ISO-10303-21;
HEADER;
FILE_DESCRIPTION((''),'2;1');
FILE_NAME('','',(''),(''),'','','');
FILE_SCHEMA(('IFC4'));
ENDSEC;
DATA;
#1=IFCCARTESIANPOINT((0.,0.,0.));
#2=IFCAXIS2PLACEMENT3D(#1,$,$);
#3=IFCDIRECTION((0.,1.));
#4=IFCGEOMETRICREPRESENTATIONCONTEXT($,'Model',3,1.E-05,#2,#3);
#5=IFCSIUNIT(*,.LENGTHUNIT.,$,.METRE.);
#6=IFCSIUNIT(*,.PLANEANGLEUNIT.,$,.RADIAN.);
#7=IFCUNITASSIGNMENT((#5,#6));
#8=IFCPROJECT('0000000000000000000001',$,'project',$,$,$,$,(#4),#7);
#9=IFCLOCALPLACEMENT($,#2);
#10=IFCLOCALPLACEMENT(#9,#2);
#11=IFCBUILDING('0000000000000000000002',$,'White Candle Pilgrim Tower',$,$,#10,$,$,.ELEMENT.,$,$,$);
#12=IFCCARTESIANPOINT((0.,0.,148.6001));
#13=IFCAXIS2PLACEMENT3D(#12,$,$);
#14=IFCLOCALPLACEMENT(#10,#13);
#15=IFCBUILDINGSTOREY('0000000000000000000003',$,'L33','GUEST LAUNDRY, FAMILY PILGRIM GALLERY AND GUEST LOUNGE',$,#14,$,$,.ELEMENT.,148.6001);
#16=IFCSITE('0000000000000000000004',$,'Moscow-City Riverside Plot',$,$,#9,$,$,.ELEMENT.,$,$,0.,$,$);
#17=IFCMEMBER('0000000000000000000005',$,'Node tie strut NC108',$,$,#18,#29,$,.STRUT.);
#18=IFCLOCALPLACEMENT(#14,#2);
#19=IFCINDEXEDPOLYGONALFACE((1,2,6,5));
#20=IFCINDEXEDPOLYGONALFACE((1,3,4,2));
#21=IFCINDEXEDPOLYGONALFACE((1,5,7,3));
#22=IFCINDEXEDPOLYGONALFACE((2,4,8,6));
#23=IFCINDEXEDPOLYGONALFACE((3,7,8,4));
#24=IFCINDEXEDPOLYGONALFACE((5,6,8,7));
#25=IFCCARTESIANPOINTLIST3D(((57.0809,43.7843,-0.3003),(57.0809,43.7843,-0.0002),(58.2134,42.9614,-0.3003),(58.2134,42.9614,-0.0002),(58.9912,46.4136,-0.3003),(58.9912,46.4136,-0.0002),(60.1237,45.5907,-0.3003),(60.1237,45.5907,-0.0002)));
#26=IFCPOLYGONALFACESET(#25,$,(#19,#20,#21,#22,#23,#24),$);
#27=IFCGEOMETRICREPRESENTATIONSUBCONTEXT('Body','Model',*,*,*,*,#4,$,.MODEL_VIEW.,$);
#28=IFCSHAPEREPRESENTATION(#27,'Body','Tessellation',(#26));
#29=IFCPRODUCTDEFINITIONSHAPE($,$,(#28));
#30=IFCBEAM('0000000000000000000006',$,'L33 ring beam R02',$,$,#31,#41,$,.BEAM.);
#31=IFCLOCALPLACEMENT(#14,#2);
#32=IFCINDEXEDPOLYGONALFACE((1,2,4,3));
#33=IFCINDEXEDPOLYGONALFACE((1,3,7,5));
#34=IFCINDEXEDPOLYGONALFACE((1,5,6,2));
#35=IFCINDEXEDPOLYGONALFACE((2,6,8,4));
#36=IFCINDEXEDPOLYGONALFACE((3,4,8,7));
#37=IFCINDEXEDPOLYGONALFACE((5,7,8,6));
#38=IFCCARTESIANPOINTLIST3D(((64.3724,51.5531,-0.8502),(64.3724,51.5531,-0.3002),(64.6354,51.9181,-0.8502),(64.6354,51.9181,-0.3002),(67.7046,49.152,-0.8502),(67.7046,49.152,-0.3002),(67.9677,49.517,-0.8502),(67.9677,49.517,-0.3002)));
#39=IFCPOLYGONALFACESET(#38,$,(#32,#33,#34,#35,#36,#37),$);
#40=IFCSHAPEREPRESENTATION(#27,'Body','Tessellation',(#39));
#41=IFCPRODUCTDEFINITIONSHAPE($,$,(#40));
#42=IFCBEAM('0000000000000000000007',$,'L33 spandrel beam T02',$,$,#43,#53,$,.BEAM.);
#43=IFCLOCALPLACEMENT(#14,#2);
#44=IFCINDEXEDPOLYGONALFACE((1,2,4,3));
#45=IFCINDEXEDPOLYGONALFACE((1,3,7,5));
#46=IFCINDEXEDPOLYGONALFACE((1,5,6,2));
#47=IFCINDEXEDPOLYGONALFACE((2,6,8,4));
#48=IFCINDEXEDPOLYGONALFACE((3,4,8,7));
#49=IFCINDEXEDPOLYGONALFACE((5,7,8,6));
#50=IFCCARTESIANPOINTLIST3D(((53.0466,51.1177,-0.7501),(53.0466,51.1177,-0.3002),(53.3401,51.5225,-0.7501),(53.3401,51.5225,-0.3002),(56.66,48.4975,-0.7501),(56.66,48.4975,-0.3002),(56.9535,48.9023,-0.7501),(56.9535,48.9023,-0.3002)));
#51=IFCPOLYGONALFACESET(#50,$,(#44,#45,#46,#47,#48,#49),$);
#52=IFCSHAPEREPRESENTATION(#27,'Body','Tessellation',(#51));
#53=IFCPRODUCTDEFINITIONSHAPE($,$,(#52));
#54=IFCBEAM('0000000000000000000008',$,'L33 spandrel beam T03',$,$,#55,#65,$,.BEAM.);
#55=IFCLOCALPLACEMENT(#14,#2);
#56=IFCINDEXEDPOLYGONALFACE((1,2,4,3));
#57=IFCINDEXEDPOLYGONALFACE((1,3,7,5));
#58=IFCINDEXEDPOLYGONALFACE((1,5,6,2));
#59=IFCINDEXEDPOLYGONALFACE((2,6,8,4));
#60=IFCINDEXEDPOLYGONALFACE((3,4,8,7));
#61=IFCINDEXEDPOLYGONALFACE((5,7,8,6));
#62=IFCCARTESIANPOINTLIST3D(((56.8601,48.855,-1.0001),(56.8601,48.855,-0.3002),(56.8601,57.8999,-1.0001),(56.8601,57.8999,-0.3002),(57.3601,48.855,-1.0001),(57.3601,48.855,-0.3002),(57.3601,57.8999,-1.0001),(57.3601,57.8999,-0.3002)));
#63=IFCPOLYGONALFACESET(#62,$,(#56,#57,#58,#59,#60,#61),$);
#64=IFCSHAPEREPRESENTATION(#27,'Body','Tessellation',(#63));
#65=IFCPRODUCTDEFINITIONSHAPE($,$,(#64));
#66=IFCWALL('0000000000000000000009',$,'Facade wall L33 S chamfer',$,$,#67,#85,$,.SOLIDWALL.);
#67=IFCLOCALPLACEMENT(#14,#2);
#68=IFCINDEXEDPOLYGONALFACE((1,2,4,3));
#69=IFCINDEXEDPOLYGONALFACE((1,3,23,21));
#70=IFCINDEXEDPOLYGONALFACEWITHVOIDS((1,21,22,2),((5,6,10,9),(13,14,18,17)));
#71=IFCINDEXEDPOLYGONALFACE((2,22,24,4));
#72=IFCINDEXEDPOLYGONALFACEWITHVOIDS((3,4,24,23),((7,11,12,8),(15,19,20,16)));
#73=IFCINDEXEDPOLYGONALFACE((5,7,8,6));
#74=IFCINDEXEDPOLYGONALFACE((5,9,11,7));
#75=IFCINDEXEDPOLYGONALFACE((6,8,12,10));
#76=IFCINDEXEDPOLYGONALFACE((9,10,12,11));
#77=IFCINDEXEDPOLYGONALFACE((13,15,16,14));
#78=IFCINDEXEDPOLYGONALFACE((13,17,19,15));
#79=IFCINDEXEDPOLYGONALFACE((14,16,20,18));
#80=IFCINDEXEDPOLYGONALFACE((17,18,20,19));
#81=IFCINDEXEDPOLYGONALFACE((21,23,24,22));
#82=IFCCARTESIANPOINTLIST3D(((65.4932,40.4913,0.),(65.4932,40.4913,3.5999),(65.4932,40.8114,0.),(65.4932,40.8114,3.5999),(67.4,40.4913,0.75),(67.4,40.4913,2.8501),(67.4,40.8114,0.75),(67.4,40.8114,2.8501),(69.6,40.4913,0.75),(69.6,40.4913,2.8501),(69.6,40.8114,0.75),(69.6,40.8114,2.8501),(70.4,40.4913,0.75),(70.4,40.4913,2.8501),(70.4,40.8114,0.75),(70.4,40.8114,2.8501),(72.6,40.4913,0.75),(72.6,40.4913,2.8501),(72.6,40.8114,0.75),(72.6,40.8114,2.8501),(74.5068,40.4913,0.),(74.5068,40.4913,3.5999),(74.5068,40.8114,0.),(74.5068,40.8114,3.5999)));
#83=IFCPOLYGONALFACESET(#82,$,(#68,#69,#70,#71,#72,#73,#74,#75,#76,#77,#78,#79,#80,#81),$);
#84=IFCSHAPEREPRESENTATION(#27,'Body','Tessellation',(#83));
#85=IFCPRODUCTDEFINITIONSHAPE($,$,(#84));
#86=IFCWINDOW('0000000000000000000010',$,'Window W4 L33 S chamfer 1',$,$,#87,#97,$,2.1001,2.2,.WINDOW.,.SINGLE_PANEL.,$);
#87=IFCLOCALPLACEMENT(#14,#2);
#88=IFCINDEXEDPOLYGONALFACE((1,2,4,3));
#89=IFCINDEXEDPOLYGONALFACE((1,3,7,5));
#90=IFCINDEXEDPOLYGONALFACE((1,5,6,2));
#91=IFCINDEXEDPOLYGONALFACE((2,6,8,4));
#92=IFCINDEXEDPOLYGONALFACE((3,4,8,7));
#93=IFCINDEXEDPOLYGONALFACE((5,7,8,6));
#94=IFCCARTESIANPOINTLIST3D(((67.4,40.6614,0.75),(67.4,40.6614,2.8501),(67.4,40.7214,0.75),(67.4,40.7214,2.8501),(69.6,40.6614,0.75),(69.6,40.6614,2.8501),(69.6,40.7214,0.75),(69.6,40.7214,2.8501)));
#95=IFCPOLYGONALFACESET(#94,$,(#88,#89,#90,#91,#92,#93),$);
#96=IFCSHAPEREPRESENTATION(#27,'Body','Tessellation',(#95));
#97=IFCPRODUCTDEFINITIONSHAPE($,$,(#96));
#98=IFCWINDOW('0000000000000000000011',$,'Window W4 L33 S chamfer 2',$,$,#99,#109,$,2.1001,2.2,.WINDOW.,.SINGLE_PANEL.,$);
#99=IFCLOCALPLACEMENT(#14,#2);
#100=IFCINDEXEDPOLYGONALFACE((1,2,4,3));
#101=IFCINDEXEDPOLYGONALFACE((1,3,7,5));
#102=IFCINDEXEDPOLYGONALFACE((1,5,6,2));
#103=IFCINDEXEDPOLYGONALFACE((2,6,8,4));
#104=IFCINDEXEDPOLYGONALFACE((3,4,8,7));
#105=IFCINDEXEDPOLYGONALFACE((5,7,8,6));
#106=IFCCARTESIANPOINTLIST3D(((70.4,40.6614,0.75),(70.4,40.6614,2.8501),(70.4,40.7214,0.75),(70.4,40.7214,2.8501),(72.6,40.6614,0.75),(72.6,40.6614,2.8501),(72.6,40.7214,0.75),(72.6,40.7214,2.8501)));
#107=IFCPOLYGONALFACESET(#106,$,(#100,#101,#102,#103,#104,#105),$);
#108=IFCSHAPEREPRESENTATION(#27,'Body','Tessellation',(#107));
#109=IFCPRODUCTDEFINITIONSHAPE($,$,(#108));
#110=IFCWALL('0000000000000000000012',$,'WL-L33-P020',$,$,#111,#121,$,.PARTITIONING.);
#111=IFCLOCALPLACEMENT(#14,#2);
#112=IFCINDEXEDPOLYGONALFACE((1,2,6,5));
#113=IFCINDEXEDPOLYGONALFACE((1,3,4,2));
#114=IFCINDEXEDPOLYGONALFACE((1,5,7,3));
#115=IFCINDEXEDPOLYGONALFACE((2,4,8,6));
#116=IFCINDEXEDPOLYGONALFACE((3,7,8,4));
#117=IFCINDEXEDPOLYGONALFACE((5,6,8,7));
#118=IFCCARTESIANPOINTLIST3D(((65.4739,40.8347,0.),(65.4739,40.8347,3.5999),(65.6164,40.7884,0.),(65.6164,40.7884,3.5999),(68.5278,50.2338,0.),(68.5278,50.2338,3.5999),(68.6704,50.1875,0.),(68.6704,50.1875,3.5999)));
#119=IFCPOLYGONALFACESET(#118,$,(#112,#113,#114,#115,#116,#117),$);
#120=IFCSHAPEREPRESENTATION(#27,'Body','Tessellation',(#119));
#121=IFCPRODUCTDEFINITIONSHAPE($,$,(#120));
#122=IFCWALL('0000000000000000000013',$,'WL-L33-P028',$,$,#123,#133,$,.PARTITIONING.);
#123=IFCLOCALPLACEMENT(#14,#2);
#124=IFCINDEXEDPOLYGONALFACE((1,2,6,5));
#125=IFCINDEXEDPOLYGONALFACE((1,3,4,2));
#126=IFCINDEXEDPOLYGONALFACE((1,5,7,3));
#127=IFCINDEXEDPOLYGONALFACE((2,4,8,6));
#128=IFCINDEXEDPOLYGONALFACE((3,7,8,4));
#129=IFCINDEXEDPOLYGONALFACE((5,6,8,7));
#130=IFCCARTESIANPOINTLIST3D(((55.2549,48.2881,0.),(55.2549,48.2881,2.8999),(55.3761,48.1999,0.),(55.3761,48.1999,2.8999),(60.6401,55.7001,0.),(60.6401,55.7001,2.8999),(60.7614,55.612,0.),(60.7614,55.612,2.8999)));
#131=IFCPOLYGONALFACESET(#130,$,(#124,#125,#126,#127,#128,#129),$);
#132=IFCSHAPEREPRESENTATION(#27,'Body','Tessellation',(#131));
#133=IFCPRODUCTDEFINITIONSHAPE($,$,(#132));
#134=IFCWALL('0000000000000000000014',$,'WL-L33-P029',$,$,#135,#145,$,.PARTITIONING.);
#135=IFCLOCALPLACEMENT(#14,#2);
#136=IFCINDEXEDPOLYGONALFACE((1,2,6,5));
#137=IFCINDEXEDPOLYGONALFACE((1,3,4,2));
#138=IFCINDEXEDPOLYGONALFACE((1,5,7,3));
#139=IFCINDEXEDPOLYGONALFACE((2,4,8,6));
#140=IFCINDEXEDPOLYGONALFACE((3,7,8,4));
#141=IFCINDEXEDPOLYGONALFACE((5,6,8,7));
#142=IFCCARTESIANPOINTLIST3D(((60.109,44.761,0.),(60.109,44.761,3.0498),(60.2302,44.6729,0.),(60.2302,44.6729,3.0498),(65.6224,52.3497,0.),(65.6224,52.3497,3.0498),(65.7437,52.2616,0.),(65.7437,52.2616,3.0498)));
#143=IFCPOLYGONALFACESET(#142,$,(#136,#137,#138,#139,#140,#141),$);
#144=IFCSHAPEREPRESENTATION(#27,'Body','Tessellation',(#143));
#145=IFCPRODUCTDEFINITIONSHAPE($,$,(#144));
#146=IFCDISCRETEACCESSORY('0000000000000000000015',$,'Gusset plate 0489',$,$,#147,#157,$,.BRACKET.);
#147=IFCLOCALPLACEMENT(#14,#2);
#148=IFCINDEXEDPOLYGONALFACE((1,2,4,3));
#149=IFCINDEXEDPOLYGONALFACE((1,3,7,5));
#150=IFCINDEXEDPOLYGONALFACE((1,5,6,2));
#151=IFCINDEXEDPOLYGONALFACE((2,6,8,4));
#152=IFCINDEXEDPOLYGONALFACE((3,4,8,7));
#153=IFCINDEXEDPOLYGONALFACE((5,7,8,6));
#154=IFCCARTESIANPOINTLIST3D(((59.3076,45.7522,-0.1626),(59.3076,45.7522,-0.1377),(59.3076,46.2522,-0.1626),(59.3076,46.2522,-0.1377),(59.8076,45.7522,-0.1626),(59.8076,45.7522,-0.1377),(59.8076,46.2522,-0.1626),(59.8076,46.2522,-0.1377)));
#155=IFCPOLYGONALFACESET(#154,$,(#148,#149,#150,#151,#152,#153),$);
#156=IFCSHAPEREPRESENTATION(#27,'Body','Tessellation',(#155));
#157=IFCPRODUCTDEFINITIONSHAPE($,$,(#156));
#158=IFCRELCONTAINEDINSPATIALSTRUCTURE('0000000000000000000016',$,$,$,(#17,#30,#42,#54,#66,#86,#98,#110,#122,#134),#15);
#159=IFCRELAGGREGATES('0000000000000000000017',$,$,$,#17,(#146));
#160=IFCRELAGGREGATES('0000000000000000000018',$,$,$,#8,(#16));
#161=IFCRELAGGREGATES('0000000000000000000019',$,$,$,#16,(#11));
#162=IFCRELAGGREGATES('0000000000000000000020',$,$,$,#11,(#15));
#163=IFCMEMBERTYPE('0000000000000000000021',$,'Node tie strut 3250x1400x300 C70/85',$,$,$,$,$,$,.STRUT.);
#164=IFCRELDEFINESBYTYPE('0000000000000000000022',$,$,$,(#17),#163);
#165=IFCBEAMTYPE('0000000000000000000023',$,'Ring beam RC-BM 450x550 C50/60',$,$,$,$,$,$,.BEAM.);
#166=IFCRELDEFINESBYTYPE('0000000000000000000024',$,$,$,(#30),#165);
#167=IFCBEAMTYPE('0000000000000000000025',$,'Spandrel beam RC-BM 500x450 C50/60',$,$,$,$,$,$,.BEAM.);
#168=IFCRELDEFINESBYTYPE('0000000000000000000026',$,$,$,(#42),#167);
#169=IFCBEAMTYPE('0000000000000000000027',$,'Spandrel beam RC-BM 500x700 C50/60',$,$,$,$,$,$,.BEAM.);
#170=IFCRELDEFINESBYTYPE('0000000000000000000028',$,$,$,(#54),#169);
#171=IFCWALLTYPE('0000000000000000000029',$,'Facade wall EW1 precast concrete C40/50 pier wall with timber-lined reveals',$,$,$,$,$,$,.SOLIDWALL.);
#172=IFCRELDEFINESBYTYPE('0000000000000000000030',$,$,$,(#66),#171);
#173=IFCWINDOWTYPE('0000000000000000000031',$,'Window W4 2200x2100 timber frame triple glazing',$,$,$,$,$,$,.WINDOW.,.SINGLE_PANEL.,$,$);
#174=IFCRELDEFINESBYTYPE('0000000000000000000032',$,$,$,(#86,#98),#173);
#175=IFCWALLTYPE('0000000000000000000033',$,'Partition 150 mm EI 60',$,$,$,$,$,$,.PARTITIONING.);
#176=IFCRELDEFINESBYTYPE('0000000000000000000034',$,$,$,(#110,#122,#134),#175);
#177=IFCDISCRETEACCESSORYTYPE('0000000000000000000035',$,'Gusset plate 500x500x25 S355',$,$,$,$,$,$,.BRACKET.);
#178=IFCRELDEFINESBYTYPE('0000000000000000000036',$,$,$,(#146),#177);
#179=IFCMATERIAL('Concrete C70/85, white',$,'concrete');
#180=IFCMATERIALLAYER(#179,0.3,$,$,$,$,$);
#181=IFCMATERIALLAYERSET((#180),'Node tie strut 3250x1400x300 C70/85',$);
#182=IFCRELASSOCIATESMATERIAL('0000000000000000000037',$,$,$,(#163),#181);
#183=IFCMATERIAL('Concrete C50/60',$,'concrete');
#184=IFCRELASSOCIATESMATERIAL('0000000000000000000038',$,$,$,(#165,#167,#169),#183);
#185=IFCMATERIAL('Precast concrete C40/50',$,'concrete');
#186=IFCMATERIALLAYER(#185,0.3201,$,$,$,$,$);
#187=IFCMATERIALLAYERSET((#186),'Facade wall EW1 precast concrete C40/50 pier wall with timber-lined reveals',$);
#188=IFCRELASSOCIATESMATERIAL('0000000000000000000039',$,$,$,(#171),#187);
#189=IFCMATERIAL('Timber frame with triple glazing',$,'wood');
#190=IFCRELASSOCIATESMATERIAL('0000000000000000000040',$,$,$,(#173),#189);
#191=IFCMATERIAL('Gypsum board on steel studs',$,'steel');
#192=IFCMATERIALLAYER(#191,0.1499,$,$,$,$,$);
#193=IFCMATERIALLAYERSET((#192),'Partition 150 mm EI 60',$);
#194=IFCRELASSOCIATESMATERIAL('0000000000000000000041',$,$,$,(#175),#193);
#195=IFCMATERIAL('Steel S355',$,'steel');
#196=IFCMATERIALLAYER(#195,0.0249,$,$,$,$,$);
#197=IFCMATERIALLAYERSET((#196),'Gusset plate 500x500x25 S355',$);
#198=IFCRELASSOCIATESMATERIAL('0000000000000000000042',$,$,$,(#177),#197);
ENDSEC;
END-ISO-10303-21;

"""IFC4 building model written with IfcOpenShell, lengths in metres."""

from ifc_helpers import new_model, si_unit, direction, frame, frame_2d, origin, origin_2d, place, context, subcontext, project, spatial, rectangle, extrude, material, layer, layer_set, material_profile, profile_set, type_object, element, fill, aggregate, save


model = new_model("IFC4")

# Units and contexts
model_context = context("Model", 3, precision=1e-05, world=origin(), true_north=direction((0.0, 1.0)))
body_context = subcontext(model_context, "Body", "Model", "MODEL_VIEW")
ifc_project = project(units=[si_unit("LENGTHUNIT", "METRE"), si_unit("PLANEANGLEUNIT", "RADIAN")], contexts=[model_context])

# Site, building, storey
site_placement = place(None, origin())
site = spatial("IfcSite", under=ifc_project, at=site_placement, Name="Moscow-City Riverside Plot", CompositionType="ELEMENT", RefElevation=0.0)
building_placement = place(site_placement, origin())
building = spatial("IfcBuilding", under=site, at=building_placement, Name="White Candle Pilgrim Tower", CompositionType="ELEMENT")
storey_placement = place(building_placement, frame((0.0, 0.0, 148.6001)))
storey = spatial("IfcBuildingStorey", under=building, at=storey_placement, Name="L33", Description="GUEST LAUNDRY, FAMILY PILGRIM GALLERY AND GUEST LOUNGE", CompositionType="ELEMENT", Elevation=148.6001)

# Member
ifc_material_1 = material(Name="Concrete C70/85, white", Category="concrete")
ifc_layer_1 = layer(ifc_material_1, 0.3)
ifc_layer_set_1 = layer_set([ifc_layer_1], Name="Node tie strut 3250x1400x300 C70/85")
member_type_1 = type_object("IfcMemberType", Name="Node tie strut 3250x1400x300 C70/85", PredefinedType="STRUT", material=ifc_layer_set_1)
member_1_placement = place(storey_placement, frame((58.6023, 44.6875, -0.3003), z_axis=(0.0, 0.0, 1.0), x_axis=(0.809017, -0.587785, 0.0)))
member_1 = element("IfcMember", 1, at=member_1_placement, inside=storey, type_object=member_type_1, Name="Node tie strut NC108", PredefinedType="STRUT", context=body_context, shape_type="SweptSolid", body=[
    extrude(rectangle(XDim=1.3999, YDim=3.25, at=origin_2d()), origin(), (0.0, 0.0, 1.0), 0.3),
])

# Beams
ifc_material_2 = material(Name="Concrete C50/60", Category="concrete")
ifc_material_profile_1 = material_profile(ifc_material_2, rectangle(XDim=0.45, YDim=0.55, at=origin_2d()), Name="RC-BM 450x550")
ifc_profile_set_1 = profile_set([ifc_material_profile_1], Name="Concrete C50/60")
beam_type_1 = type_object("IfcBeamType", Name="Ring beam RC-BM 450x550 C50/60", PredefinedType="BEAM", material=ifc_profile_set_1)
beam_1_placement = place(storey_placement, frame((64.5039, 51.7356, -0.5752), z_axis=(0.811317, -0.584607, 0.0), x_axis=(0.584607, 0.811317, 0.0)))
element("IfcBeam", 2, at=beam_1_placement, inside=storey, type_object=beam_type_1, Name="L33 ring beam R02", PredefinedType="BEAM", context=body_context, shape_type="SweptSolid", body=[
    extrude(rectangle(XDim=0.45, YDim=0.55, at=origin_2d()), origin(), (0.0, 0.0, 1.0), 4.1072),
])
ifc_material_profile_2 = material_profile(ifc_material_2, rectangle(XDim=0.5, YDim=0.45, at=origin_2d()), Name="RC-BM 500x450")
ifc_profile_set_2 = profile_set([ifc_material_profile_2], Name="Concrete C50/60")
beam_type_2 = type_object("IfcBeamType", Name="Spandrel beam RC-BM 500x450 C50/60", PredefinedType="BEAM", material=ifc_profile_set_2)
beam_2_placement = place(storey_placement, frame((53.1934, 51.3201, -0.5251), z_axis=(0.809558, -0.587039, 0.0), x_axis=(0.587039, 0.809558, 0.0)))
element("IfcBeam", 3, at=beam_2_placement, inside=storey, type_object=beam_type_2, Name="L33 spandrel beam T02", PredefinedType="BEAM", context=body_context, shape_type="SweptSolid", body=[
    extrude(rectangle(XDim=0.5, YDim=0.45, at=origin_2d()), origin(), (0.0, 0.0, 1.0), 4.4634),
])
ifc_material_profile_3 = material_profile(ifc_material_2, rectangle(XDim=0.5, YDim=0.7, at=origin_2d()), Name="RC-BM 500x700")
ifc_profile_set_3 = profile_set([ifc_material_profile_3], Name="Concrete C50/60")
beam_type_3 = type_object("IfcBeamType", Name="Spandrel beam RC-BM 500x700 C50/60", PredefinedType="BEAM", material=ifc_profile_set_3)
beam_3_placement = place(storey_placement, frame((57.1101, 48.855, -0.6501), z_axis=(0.0, 1.0, 0.0), x_axis=(-1.0, 0.0, 0.0)))
element("IfcBeam", 4, at=beam_3_placement, inside=storey, type_object=beam_type_3, Name="L33 spandrel beam T03", PredefinedType="BEAM", context=body_context, shape_type="SweptSolid", body=[
    extrude(rectangle(XDim=0.5, YDim=0.7, at=origin_2d()), origin(), (0.0, 0.0, 1.0), 9.0449),
])

# Wall, openings, windows
ifc_material_3 = material(Name="Precast concrete C40/50", Category="concrete")
ifc_layer_2 = layer(ifc_material_3, 0.3201)
ifc_layer_set_2 = layer_set([ifc_layer_2], Name="Facade wall EW1 precast concrete C40/50 pier wall with timber-lined reveals")
wall_type_1 = type_object("IfcWallType", Name="Facade wall EW1 precast concrete C40/50 pier wall with timber-lined reveals", PredefinedType="SOLIDWALL", material=ifc_layer_set_2)
wall_1_placement = place(storey_placement, frame((65.4932, 40.6514, 0.0), z_axis=(0.0, 0.0, 1.0), x_axis=(1.0, 0.0, 0.0)))
wall_1 = element("IfcWall", 5, at=wall_1_placement, inside=storey, type_object=wall_type_1, Name="Facade wall L33 S chamfer", PredefinedType="SOLIDWALL", context=body_context, shape_type="SweptSolid", body=[
    extrude(rectangle(XDim=9.0137, YDim=0.3201, at=frame_2d((4.5068, 0.0))), origin(), (0.0, 0.0, 1.0), 3.5999),
])
opening_1_placement = place(wall_1_placement, frame((1.9067, 0.0, 0.75)))
opening_1 = element("IfcOpeningElement", 6, at=opening_1_placement, cuts=wall_1, PredefinedType="OPENING", context=body_context, shape_type="SweptSolid", body=[
    extrude(rectangle(XDim=2.2, YDim=2.1001, at=frame_2d((1.1001, 1.05))), frame((0.0, 0.1699, 0.0), z_axis=(0.0, -1.0, 0.0), x_axis=(1.0, 0.0, 0.0)), (0.0, 0.0, 1.0), 0.3401),
])
opening_2_placement = place(wall_1_placement, frame((4.9067, 0.0, 0.75)))
opening_2 = element("IfcOpeningElement", 7, at=opening_2_placement, cuts=wall_1, PredefinedType="OPENING", context=body_context, shape_type="SweptSolid", body=[
    extrude(rectangle(XDim=2.2, YDim=2.1001, at=frame_2d((1.1001, 1.05))), frame((0.0, 0.1699, 0.0), z_axis=(0.0, -1.0, 0.0), x_axis=(1.0, 0.0, 0.0)), (0.0, 0.0, 1.0), 0.3401),
])
ifc_material_4 = material(Name="Timber frame with triple glazing", Category="wood")
window_type = type_object("IfcWindowType", Name="Window W4 2200x2100 timber frame triple glazing", PartitioningType="SINGLE_PANEL", PredefinedType="WINDOW", material=ifc_material_4)
window_1_placement = place(opening_1_placement, origin())
window_1 = element("IfcWindow", 8, at=window_1_placement, inside=storey, type_object=window_type, Name="Window W4 L33 S chamfer 1", OverallHeight=2.1001, OverallWidth=2.2, PartitioningType="SINGLE_PANEL", PredefinedType="WINDOW", context=body_context, shape_type="SweptSolid", body=[
    extrude(rectangle(XDim=2.2, YDim=2.1001, at=frame_2d((1.1001, 1.05))), frame((0.0, 0.0701, 0.0), z_axis=(0.0, -1.0, 0.0), x_axis=(1.0, 0.0, 0.0)), (0.0, 0.0, 1.0), 0.0601),
])
fill(opening_1, window_1)
window_2_placement = place(opening_2_placement, origin())
window_2 = element("IfcWindow", 9, at=window_2_placement, inside=storey, type_object=window_type, Name="Window W4 L33 S chamfer 2", OverallHeight=2.1001, OverallWidth=2.2, PartitioningType="SINGLE_PANEL", PredefinedType="WINDOW", context=body_context, shape_type="SweptSolid", body=[
    extrude(rectangle(XDim=2.2, YDim=2.1001, at=frame_2d((1.1001, 1.05))), frame((0.0, 0.0701, 0.0), z_axis=(0.0, -1.0, 0.0), x_axis=(1.0, 0.0, 0.0)), (0.0, 0.0, 1.0), 0.0601),
])
fill(opening_2, window_2)

# Walls
ifc_material_5 = material(Name="Gypsum board on steel studs", Category="steel")
ifc_layer_3 = layer(ifc_material_5, 0.1499)
ifc_layer_set_3 = layer_set([ifc_layer_3], Name="Partition 150 mm EI 60")
wall_type_2 = type_object("IfcWallType", Name="Partition 150 mm EI 60", PredefinedType="PARTITIONING", material=ifc_layer_set_3)
wall_2_placement = place(storey_placement, frame((65.5452, 40.8115, 0.0), z_axis=(0.0, 0.0, 1.0), x_axis=(0.309015, 0.951057, 0.0)))
element("IfcWall", 10, at=wall_2_placement, inside=storey, type_object=wall_type_2, Name="WL-L33-P020", PredefinedType="PARTITIONING", context=body_context, shape_type="SweptSolid", body=[
    extrude(rectangle(XDim=9.8828, YDim=0.1499, at=frame_2d((4.9414, 0.0))), origin(), (0.0, 0.0, 1.0), 3.5999),
])
wall_3_placement = place(storey_placement, frame((55.3154, 48.2439, 0.0), z_axis=(0.0, 0.0, 1.0), x_axis=(0.587788, 0.809015, 0.0)))
element("IfcWall", 11, at=wall_3_placement, inside=storey, type_object=wall_type_2, Name="WL-L33-P028", PredefinedType="PARTITIONING", context=body_context, shape_type="SweptSolid", body=[
    extrude(rectangle(XDim=9.1619, YDim=0.1499, at=frame_2d((4.5811, 0.0))), origin(), (0.0, 0.0, 1.0), 2.8999),
])
wall_4_placement = place(storey_placement, frame((60.1697, 44.717, 0.0), z_axis=(0.0, 0.0, 1.0), x_axis=(0.587783, 0.809018, 0.0)))
element("IfcWall", 12, at=wall_4_placement, inside=storey, type_object=wall_type_2, Name="WL-L33-P029", PredefinedType="PARTITIONING", context=body_context, shape_type="SweptSolid", body=[
    extrude(rectangle(XDim=9.3801, YDim=0.1499, at=frame_2d((4.6899, 0.0))), origin(), (0.0, 0.0, 1.0), 3.0498),
])

# Discrete accessory
ifc_material_6 = material(Name="Steel S355", Category="steel")
ifc_layer_4 = layer(ifc_material_6, 0.0249)
ifc_layer_set_4 = layer_set([ifc_layer_4], Name="Gusset plate 500x500x25 S355")
discrete_accessory_type = type_object("IfcDiscreteAccessoryType", Name="Gusset plate 500x500x25 S355", PredefinedType="BRACKET", material=ifc_layer_set_4)
discrete_accessory_1_placement = place(storey_placement, frame((59.5576, 46.0022, -0.1626), z_axis=(0.0, 0.0, 1.0), x_axis=(1.0, 0.0, 0.0)))
discrete_accessory_1 = element("IfcDiscreteAccessory", 13, at=discrete_accessory_1_placement, type_object=discrete_accessory_type, Name="Gusset plate 0489", PredefinedType="BRACKET", context=body_context, shape_type="SweptSolid", body=[
    extrude(rectangle(XDim=0.5, YDim=0.5, at=origin_2d()), origin(), (0.0, 0.0, 1.0), 0.0249),
])
aggregate(member_1, [discrete_accessory_1])

save(model, "model.ifc")
